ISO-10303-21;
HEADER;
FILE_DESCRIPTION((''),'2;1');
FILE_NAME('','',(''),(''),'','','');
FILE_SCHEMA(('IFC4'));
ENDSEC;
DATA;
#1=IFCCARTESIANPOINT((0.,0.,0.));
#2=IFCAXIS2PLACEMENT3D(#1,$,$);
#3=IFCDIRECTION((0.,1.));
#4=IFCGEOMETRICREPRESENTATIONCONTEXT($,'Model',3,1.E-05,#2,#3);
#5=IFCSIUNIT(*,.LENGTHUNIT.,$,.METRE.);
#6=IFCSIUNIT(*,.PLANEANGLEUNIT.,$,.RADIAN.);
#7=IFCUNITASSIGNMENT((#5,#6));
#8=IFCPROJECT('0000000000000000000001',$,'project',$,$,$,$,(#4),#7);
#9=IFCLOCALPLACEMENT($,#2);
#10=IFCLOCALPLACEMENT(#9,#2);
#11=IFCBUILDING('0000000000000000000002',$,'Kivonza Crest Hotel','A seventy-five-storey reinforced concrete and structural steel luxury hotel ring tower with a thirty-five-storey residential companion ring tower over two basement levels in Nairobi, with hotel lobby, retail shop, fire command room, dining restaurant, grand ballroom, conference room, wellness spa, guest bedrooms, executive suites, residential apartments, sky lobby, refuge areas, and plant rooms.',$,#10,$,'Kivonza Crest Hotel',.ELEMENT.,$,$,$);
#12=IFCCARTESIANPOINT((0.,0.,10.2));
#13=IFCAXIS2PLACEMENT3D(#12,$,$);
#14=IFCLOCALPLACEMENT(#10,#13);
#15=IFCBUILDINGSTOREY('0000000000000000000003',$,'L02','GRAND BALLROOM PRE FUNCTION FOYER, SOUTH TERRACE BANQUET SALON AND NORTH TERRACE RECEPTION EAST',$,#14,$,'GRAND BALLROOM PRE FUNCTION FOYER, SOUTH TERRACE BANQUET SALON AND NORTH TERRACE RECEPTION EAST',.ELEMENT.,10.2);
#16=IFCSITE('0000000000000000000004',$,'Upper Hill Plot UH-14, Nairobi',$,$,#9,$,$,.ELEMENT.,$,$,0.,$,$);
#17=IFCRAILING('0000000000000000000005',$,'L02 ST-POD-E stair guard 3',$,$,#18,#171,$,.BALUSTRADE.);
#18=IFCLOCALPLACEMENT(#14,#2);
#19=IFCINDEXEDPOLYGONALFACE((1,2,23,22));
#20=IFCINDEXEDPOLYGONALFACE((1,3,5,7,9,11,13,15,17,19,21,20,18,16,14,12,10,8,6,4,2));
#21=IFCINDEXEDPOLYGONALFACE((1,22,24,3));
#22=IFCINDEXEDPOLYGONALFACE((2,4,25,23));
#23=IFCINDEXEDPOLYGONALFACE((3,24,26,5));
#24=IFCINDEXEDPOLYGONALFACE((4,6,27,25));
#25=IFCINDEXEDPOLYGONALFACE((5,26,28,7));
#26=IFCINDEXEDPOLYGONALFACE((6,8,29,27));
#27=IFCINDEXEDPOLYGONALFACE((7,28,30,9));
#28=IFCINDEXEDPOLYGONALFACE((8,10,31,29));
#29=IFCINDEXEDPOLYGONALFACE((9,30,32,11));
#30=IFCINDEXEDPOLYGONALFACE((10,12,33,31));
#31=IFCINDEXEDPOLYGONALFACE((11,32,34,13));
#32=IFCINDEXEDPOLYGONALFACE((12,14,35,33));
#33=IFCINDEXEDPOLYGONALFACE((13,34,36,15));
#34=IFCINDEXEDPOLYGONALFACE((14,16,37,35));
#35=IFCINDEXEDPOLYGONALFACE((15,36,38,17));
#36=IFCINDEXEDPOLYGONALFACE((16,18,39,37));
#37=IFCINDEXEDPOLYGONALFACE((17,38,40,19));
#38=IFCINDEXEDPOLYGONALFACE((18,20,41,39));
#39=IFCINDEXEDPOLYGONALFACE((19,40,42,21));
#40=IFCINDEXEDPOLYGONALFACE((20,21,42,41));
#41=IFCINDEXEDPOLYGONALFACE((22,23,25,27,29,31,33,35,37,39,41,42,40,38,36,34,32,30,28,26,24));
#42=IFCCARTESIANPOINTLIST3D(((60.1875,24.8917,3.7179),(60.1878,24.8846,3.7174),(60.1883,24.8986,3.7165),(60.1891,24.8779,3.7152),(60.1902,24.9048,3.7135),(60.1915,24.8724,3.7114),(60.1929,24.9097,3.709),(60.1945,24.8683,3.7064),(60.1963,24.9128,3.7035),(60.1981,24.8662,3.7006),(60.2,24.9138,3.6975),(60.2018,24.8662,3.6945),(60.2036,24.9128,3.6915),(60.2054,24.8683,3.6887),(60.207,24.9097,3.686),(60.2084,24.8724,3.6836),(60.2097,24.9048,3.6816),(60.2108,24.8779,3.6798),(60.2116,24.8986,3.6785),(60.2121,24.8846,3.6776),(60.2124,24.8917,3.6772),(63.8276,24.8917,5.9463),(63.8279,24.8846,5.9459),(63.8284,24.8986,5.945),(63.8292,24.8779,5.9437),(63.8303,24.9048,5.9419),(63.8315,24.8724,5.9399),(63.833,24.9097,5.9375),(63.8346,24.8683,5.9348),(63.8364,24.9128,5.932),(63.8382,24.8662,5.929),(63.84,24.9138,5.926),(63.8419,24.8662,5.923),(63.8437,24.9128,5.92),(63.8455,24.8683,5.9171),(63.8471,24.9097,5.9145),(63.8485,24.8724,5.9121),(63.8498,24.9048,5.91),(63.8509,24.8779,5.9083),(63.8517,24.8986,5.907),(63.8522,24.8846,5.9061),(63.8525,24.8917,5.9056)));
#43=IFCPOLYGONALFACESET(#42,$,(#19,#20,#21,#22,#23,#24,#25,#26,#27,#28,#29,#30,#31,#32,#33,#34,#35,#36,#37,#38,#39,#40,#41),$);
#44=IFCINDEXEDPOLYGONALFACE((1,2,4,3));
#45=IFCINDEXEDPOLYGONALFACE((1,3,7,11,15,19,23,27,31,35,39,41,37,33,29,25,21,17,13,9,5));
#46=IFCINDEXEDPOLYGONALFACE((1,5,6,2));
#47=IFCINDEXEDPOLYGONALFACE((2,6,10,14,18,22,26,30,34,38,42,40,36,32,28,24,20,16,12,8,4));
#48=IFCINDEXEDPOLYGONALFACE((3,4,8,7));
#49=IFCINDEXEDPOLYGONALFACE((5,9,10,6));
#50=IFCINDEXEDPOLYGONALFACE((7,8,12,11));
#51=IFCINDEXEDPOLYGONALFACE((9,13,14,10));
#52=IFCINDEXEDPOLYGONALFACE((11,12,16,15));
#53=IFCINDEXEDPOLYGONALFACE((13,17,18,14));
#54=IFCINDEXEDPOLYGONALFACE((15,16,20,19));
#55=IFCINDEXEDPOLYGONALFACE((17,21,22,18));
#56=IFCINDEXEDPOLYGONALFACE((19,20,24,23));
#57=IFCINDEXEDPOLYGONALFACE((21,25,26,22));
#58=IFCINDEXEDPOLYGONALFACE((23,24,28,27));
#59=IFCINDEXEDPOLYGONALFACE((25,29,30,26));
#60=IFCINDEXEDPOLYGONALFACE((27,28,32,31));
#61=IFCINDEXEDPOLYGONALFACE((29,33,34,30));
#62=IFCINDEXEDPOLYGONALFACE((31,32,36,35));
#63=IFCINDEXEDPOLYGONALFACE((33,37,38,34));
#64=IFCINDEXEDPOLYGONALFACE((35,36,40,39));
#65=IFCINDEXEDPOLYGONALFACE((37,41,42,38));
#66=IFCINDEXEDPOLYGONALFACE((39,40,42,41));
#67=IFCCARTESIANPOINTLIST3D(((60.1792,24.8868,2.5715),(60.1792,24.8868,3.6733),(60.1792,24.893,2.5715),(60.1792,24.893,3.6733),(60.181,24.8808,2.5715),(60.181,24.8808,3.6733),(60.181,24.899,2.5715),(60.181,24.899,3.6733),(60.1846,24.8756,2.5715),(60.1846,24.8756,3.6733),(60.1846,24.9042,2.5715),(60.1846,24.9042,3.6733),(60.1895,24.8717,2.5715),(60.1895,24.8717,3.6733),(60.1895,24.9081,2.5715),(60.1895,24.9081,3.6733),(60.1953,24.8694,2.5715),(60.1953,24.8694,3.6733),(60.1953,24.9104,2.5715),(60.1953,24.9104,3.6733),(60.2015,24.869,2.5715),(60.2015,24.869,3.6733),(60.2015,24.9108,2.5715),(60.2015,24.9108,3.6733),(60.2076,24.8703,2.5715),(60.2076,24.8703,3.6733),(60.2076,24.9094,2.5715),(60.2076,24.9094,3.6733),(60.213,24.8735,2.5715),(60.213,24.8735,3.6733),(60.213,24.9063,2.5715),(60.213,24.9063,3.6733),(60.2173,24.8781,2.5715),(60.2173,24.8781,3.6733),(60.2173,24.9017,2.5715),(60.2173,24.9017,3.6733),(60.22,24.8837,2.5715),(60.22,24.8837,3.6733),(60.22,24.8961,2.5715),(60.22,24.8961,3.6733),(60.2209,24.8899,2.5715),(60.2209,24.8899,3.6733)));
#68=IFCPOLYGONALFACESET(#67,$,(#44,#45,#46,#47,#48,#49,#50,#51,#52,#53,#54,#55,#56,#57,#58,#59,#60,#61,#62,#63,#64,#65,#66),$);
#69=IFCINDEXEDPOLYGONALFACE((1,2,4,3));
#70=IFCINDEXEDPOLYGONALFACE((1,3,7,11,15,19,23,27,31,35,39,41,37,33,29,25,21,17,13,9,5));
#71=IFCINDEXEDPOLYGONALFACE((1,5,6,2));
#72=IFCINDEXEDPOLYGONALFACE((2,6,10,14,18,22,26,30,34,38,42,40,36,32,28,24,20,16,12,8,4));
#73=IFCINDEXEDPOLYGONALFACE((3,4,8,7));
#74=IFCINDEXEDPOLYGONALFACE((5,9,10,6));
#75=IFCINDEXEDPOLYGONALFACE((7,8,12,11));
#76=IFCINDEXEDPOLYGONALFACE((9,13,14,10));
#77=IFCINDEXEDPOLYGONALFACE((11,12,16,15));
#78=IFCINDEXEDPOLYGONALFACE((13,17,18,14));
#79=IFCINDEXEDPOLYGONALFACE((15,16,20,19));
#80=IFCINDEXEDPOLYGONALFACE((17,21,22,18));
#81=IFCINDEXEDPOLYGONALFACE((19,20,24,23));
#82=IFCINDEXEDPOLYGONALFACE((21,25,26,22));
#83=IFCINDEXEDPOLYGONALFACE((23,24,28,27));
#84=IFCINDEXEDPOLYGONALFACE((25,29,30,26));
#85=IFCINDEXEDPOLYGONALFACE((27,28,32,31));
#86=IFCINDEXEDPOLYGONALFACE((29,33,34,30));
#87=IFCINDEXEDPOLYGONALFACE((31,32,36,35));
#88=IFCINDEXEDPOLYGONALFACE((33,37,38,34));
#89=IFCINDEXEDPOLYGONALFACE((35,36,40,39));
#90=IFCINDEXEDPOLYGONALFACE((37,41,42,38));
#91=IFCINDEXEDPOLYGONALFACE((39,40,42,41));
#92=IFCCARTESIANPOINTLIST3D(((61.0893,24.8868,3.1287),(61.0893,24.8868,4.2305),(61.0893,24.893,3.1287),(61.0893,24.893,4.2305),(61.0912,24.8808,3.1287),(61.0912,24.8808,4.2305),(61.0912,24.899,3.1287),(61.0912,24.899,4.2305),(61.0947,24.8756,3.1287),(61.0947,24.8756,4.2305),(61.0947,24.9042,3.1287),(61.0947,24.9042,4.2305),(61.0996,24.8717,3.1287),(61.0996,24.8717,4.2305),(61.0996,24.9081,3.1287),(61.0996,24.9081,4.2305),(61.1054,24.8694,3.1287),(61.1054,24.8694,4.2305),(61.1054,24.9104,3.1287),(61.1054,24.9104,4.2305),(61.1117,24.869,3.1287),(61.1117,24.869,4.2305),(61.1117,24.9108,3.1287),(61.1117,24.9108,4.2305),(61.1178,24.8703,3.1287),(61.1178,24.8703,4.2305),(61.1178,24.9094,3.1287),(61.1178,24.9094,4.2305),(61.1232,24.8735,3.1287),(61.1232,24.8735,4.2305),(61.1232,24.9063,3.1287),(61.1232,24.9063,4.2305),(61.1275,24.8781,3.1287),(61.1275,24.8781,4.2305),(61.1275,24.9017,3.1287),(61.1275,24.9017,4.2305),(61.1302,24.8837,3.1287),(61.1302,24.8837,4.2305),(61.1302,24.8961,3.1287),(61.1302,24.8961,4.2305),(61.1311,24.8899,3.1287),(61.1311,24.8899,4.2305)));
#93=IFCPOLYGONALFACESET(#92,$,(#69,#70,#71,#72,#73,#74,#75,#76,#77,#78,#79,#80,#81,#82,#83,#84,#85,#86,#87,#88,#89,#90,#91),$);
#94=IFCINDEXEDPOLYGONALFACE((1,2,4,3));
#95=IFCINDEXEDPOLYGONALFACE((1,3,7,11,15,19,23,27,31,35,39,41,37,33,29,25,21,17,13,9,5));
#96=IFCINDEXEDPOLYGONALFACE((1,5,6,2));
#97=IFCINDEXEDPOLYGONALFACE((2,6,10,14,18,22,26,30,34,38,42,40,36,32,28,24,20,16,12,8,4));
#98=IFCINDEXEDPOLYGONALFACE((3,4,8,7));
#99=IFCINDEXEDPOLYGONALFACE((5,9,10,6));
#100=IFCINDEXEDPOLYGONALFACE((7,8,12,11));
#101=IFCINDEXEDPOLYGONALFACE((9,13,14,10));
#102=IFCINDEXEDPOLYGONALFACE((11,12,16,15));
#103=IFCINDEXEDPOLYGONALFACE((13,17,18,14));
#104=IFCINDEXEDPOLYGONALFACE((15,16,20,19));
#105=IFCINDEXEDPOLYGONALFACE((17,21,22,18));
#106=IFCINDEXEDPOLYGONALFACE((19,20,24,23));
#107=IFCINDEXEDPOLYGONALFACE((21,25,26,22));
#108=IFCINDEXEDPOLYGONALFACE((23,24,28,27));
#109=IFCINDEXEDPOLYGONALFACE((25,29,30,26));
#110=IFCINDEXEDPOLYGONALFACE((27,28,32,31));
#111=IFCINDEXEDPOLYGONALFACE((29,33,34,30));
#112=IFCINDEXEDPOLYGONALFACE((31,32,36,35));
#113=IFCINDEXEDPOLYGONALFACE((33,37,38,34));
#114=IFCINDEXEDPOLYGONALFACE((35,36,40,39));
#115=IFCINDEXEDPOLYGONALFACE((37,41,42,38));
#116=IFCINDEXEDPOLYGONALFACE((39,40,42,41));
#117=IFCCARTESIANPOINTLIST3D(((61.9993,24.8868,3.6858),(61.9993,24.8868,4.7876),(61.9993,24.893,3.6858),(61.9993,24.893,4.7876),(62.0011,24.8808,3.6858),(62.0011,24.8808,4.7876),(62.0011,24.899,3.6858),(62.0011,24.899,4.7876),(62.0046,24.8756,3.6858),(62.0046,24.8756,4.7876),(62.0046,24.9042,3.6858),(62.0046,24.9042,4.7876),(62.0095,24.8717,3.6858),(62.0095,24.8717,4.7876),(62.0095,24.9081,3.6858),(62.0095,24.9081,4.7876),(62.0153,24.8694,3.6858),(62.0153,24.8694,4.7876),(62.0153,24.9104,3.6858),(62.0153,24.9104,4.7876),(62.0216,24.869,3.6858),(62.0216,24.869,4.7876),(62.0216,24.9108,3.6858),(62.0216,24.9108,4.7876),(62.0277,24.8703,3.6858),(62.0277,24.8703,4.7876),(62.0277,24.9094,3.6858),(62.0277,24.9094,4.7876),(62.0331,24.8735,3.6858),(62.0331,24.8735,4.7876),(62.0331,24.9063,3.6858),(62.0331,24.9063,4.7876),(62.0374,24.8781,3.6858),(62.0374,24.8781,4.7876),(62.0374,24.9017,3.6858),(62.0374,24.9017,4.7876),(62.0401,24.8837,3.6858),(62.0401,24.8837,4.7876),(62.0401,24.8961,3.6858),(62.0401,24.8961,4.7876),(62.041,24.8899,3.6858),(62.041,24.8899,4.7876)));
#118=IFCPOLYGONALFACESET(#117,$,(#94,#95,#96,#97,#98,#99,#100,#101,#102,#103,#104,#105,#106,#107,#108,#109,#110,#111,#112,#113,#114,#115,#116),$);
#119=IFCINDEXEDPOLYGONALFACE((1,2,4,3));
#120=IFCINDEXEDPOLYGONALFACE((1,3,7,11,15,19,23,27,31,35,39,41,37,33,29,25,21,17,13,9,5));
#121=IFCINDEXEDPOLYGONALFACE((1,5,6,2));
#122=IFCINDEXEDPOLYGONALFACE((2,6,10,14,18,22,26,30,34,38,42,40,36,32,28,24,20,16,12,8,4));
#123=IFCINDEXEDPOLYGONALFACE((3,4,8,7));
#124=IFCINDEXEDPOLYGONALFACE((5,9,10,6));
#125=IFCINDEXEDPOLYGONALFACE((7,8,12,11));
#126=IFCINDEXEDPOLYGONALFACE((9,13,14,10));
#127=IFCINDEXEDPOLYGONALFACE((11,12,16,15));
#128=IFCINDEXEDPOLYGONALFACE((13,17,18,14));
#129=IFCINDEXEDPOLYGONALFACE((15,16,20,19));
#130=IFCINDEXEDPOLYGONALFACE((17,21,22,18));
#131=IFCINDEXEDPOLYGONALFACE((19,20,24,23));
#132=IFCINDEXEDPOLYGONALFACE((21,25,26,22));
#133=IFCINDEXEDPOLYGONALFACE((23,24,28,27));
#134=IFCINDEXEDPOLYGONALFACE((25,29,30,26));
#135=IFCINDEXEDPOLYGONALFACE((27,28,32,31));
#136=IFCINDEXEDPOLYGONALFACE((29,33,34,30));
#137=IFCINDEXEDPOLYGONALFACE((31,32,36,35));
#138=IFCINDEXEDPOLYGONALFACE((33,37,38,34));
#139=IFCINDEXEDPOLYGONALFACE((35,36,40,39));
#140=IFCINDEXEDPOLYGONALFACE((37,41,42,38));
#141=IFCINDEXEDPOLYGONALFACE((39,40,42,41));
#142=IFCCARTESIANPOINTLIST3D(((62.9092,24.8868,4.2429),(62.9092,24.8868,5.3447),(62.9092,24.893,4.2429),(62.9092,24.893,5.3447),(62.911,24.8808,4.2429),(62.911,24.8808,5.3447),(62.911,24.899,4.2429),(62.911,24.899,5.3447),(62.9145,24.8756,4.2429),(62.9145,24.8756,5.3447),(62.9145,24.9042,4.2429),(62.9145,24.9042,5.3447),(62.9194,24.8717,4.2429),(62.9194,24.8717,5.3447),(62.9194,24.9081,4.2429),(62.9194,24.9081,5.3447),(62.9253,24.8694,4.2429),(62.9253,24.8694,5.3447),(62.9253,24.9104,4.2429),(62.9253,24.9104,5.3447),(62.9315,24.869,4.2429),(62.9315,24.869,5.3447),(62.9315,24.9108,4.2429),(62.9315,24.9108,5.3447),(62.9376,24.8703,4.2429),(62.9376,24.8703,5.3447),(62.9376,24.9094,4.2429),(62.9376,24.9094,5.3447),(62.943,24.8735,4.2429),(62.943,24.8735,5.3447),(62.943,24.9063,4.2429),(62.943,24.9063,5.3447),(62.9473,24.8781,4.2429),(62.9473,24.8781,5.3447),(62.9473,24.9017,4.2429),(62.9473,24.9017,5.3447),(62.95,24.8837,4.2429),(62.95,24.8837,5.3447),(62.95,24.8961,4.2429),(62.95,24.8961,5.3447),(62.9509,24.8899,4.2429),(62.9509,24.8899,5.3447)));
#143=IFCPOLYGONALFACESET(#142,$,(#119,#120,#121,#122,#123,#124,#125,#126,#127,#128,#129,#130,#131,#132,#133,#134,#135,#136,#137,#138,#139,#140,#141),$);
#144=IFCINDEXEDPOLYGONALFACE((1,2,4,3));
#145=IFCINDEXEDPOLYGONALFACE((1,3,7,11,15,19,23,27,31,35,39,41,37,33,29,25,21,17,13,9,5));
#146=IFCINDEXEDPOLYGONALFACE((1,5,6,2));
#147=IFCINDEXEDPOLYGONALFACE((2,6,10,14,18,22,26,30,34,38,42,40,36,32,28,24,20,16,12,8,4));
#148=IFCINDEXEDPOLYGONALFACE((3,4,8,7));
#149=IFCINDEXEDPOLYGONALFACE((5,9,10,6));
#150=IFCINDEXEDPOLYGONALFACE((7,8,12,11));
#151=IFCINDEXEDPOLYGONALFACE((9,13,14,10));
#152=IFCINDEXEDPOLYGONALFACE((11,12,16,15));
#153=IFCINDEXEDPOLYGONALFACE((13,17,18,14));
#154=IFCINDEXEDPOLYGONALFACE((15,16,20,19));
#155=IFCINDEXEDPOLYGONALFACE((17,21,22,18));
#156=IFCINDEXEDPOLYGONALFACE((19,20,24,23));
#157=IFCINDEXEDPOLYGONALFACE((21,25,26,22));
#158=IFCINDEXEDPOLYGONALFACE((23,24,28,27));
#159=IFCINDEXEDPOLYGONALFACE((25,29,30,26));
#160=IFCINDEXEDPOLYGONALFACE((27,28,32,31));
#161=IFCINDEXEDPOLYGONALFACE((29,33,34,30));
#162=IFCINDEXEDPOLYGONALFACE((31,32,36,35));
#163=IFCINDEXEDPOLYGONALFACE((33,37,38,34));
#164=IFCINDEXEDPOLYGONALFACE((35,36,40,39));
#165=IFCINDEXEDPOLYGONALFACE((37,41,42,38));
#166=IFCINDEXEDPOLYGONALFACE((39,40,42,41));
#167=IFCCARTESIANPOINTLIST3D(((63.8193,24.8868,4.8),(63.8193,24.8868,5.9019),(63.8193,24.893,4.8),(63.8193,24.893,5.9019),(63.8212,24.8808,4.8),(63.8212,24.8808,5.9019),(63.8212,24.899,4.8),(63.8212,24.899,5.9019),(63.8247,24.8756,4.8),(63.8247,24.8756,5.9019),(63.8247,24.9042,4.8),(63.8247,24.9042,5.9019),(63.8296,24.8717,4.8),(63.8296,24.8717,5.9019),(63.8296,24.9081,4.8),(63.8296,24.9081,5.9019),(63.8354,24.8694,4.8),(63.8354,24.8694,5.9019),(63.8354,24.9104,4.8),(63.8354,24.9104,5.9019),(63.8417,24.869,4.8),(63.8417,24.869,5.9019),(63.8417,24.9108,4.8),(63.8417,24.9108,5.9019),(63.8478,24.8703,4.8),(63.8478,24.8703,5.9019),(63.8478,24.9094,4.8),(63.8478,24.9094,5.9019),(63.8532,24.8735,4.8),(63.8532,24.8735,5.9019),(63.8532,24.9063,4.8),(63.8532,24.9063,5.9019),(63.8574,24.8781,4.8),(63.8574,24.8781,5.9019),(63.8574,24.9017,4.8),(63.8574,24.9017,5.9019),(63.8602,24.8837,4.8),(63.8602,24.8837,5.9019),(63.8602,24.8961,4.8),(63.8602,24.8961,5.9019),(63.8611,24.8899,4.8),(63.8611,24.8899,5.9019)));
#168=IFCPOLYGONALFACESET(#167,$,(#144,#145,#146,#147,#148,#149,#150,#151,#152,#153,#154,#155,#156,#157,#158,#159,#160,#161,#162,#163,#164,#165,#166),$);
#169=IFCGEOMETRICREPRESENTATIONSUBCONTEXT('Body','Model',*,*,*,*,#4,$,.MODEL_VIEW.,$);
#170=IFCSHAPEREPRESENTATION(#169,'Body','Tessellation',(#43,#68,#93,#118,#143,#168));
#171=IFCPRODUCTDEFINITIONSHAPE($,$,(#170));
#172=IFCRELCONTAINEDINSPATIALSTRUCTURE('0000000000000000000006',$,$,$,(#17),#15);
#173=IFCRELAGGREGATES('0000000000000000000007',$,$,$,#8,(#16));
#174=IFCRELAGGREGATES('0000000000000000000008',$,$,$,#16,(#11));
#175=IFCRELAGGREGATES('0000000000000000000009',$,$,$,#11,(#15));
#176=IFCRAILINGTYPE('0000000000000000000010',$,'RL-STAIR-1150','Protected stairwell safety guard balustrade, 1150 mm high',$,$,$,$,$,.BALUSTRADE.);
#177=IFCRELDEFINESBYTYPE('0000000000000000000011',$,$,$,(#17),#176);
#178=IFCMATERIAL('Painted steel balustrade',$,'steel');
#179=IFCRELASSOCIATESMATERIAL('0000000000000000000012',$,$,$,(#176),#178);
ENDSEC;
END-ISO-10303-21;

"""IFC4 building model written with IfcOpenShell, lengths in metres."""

from ifc_helpers import new_model, si_unit, direction, frame, origin, origin_2d, place, context, subcontext, project, spatial, circle, extrude, material, type_object, element, save


model = new_model("IFC4")

# Units and contexts
model_context = context("Model", 3, precision=1e-05, world=origin(), true_north=direction((0.0, 1.0)))
body_context = subcontext(model_context, "Body", "Model", "MODEL_VIEW")
ifc_project = project(units=[si_unit("LENGTHUNIT", "METRE"), si_unit("PLANEANGLEUNIT", "RADIAN")], contexts=[model_context])

# Site, building, storey
site_placement = place(None, origin())
site = spatial("IfcSite", under=ifc_project, at=site_placement, Name="Upper Hill Plot UH-14, Nairobi", CompositionType="ELEMENT", RefElevation=0.0)
building_placement = place(site_placement, origin())
building = spatial("IfcBuilding", under=site, at=building_placement, Name="Kivonza Crest Hotel", Description="A seventy-five-storey reinforced concrete and structural steel luxury hotel ring tower with a thirty-five-storey residential companion ring tower over two basement levels in Nairobi, with hotel lobby, retail shop, fire command room, dining restaurant, grand ballroom, conference room, wellness spa, guest bedrooms, executive suites, residential apartments, sky lobby, refuge areas, and plant rooms.", LongName="Kivonza Crest Hotel", CompositionType="ELEMENT")
storey_placement = place(building_placement, frame((0.0, 0.0, 10.2)))
storey = spatial("IfcBuildingStorey", under=building, at=storey_placement, Name="L02", Description="GRAND BALLROOM PRE FUNCTION FOYER, SOUTH TERRACE BANQUET SALON AND NORTH TERRACE RECEPTION EAST", LongName="GRAND BALLROOM PRE FUNCTION FOYER, SOUTH TERRACE BANQUET SALON AND NORTH TERRACE RECEPTION EAST", CompositionType="ELEMENT", Elevation=10.2)

# Railing
ifc_material_1 = material(Name="Painted steel balustrade", Category="steel")
railing_type_1 = type_object("IfcRailingType", Name="RL-STAIR-1150", Description="Protected stairwell safety guard balustrade, 1150 mm high", PredefinedType="BALUSTRADE", material=ifc_material_1)
railing_1_placement = place(storey_placement, frame((60.2, 24.8899, 2.5715)))
element("IfcRailing", 1, at=railing_1_placement, inside=storey, type_object=railing_type_1, Name="L02 ST-POD-E stair guard 3", PredefinedType="BALUSTRADE", context=body_context, shape_type="SweptSolid", body=[
    extrude(circle(Radius=0.0239, at=origin_2d()), frame((0.0, 0.0, 1.126), z_axis=(0.852866, 0.0, 0.52213), x_axis=(0.0, 1.0, 0.0)), (0.0, 0.0, 1.0), 4.2681),
    extrude(circle(Radius=0.021, at=origin_2d()), origin(), (0.0, 0.0, 1.0), 1.1018),
    extrude(circle(Radius=0.021, at=origin_2d()), frame((0.9102, 0.0, 0.5571)), (0.0, 0.0, 1.0), 1.1018),
    extrude(circle(Radius=0.021, at=origin_2d()), frame((1.8201, 0.0, 1.1143)), (0.0, 0.0, 1.0), 1.1018),
    extrude(circle(Radius=0.021, at=origin_2d()), frame((2.73, 0.0, 1.6714)), (0.0, 0.0, 1.0), 1.1018),
    extrude(circle(Radius=0.021, at=origin_2d()), frame((3.6401, 0.0, 2.2285)), (0.0, 0.0, 1.0), 1.1018),
])

save(model, "model.ifc")
